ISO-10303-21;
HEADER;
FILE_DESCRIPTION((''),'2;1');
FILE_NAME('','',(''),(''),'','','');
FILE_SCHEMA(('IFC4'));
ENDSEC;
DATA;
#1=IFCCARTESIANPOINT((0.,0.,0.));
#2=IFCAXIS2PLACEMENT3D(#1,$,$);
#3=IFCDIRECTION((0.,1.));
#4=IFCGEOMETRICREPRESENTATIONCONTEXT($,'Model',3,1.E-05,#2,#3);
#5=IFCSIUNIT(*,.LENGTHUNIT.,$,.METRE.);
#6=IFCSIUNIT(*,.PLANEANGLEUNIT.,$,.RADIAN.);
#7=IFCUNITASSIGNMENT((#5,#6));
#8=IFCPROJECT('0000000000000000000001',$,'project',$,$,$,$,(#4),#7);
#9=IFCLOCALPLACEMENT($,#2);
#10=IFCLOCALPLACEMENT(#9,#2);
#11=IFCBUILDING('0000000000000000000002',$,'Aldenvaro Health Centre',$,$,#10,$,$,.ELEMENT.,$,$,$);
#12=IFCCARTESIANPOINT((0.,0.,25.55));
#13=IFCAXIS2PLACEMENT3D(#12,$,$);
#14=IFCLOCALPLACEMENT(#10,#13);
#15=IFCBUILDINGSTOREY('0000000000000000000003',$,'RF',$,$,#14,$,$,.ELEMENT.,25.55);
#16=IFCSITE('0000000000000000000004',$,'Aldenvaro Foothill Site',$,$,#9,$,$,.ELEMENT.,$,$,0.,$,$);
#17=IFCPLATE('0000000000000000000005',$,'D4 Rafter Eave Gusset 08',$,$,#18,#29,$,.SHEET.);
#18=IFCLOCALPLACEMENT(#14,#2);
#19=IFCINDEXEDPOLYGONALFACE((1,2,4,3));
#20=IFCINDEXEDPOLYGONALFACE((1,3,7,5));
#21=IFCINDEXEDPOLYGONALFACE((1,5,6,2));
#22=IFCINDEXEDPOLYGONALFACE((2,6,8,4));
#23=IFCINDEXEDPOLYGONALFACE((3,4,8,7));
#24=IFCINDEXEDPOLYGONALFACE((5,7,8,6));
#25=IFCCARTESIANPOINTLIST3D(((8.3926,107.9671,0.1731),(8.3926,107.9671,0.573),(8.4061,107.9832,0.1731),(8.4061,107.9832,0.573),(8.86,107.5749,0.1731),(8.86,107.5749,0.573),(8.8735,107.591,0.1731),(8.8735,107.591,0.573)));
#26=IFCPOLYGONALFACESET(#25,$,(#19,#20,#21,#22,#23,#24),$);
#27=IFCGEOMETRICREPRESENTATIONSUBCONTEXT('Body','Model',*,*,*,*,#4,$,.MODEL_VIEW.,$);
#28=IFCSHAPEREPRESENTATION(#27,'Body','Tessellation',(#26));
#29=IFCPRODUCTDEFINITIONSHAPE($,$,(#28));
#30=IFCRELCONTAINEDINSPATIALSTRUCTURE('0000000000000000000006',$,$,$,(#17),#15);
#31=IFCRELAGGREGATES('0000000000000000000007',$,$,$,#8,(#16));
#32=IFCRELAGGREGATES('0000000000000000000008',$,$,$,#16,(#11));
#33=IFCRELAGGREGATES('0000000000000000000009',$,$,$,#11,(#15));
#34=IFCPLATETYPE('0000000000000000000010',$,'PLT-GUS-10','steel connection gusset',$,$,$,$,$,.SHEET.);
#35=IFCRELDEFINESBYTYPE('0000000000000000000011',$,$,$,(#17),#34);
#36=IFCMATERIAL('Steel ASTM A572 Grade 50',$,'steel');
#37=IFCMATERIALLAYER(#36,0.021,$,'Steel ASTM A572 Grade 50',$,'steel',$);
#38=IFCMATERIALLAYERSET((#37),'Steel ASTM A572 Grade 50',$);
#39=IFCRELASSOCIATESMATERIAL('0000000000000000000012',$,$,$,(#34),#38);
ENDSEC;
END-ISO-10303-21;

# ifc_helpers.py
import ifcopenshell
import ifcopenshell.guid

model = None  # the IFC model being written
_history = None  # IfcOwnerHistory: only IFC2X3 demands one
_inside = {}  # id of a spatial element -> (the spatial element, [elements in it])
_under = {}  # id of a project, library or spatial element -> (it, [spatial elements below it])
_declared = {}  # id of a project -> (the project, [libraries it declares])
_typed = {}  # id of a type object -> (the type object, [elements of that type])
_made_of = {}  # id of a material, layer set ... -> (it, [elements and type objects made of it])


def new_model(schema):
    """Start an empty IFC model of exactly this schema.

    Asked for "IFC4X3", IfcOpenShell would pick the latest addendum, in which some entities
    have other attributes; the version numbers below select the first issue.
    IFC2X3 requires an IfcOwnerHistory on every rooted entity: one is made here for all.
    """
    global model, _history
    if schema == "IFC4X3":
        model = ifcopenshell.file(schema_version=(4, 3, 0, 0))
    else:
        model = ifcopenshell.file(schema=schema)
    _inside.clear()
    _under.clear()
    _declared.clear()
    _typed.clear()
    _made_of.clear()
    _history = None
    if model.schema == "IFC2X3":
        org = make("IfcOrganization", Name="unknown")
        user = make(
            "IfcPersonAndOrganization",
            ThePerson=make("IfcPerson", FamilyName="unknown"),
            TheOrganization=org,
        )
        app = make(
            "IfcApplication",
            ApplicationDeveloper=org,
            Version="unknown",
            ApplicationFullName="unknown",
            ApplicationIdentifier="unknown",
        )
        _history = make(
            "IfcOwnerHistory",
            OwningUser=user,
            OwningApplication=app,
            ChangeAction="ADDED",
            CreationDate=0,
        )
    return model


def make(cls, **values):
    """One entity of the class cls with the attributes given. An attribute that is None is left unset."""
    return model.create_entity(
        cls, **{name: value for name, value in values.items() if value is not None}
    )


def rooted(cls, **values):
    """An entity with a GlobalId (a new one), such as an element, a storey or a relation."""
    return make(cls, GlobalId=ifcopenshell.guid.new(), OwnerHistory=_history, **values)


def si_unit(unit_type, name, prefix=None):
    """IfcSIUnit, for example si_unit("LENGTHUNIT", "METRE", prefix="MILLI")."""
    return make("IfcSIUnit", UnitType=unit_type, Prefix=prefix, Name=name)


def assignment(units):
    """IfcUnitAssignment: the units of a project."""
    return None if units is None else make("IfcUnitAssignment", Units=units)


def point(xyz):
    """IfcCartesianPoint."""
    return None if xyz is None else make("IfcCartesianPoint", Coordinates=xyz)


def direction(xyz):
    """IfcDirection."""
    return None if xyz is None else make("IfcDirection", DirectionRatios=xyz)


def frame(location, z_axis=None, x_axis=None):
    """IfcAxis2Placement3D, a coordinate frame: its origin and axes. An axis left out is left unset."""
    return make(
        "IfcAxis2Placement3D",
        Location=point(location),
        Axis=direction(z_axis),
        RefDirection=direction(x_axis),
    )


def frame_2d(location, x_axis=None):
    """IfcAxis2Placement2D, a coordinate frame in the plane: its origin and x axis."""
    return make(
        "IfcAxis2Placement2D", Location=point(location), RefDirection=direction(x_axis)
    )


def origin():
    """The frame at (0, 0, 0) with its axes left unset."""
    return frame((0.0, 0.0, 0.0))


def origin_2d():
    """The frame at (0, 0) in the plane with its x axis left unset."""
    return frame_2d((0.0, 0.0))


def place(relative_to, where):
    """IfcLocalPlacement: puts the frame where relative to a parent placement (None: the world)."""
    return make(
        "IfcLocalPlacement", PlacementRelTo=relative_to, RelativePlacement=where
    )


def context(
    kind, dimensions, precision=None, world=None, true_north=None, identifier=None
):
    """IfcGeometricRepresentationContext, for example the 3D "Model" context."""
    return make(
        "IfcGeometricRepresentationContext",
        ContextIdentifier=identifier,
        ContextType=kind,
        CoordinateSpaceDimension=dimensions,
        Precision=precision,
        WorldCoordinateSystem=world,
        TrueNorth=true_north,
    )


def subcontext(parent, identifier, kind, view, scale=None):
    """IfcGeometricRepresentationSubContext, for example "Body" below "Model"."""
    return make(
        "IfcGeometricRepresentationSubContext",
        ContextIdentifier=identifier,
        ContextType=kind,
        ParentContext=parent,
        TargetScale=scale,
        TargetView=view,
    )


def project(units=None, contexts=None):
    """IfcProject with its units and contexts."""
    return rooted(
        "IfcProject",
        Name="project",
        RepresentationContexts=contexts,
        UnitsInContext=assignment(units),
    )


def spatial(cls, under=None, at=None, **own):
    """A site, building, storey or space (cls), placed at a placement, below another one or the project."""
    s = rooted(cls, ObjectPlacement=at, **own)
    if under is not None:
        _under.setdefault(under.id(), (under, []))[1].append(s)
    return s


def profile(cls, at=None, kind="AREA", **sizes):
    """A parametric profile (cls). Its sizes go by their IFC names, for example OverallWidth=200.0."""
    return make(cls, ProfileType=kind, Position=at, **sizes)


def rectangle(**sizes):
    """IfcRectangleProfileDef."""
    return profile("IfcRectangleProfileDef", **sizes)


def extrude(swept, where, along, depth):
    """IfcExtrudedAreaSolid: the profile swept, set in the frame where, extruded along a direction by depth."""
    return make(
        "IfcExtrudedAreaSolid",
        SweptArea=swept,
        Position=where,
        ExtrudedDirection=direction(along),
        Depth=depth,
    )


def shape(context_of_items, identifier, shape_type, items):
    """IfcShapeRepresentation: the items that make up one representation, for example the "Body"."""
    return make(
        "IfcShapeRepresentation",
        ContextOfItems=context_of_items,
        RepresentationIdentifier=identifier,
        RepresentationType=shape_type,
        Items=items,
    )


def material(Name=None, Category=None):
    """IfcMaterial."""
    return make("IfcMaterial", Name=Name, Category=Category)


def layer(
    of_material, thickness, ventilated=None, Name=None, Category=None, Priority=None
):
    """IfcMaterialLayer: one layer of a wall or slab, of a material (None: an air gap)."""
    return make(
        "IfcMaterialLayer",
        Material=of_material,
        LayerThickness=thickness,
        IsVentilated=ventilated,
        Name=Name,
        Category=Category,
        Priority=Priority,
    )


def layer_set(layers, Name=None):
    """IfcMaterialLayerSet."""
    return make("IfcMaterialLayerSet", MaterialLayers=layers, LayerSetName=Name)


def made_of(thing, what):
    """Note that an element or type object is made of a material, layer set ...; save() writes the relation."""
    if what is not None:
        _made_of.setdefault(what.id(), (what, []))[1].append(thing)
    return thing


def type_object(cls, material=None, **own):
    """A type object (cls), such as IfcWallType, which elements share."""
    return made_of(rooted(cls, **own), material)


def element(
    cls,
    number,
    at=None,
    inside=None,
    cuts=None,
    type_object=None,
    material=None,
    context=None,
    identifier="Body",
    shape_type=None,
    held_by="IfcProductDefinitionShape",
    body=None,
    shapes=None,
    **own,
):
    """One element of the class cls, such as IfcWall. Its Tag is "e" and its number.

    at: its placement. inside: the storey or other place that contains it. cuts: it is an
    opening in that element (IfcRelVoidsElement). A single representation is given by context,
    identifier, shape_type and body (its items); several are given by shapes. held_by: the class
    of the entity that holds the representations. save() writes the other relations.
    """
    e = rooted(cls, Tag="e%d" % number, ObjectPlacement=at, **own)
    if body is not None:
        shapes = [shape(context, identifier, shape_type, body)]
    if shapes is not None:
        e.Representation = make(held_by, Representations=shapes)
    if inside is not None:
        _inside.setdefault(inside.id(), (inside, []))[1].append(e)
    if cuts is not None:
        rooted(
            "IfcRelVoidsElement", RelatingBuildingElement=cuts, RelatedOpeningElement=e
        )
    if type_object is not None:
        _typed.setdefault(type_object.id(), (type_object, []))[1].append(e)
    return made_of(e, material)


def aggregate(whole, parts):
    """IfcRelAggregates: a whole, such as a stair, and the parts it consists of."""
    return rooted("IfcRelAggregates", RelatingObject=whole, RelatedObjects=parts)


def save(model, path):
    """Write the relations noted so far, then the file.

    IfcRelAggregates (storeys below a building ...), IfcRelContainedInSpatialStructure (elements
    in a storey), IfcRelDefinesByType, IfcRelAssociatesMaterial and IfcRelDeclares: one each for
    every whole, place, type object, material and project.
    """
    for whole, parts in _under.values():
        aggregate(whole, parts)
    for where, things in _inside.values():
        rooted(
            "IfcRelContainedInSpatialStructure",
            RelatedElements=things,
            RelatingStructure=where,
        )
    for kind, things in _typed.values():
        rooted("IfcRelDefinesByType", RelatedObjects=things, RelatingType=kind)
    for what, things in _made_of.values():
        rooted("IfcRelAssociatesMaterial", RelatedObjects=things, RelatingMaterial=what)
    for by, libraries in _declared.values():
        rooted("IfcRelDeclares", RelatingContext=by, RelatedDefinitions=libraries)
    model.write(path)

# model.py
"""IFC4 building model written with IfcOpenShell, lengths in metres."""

from ifc_helpers import new_model, si_unit, direction, frame, origin, origin_2d, place, context, subcontext, project, spatial, rectangle, extrude, material, layer, layer_set, type_object, element, save


model = new_model("IFC4")

# Units and contexts
model_context = context("Model", 3, precision=1e-05, world=origin(), true_north=direction((0.0, 1.0)))
body_context = subcontext(model_context, "Body", "Model", "MODEL_VIEW")
ifc_project = project(units=[si_unit("LENGTHUNIT", "METRE"), si_unit("PLANEANGLEUNIT", "RADIAN")], contexts=[model_context])

# Site, building, storey
site_placement = place(None, origin())
site = spatial("IfcSite", under=ifc_project, at=site_placement, Name="Aldenvaro Foothill Site", CompositionType="ELEMENT", RefElevation=0.0)
building_placement = place(site_placement, origin())
building = spatial("IfcBuilding", under=site, at=building_placement, Name="Aldenvaro Health Centre", CompositionType="ELEMENT")
storey_placement = place(building_placement, frame((0.0, 0.0, 25.55)))
storey = spatial("IfcBuildingStorey", under=building, at=storey_placement, Name="RF", CompositionType="ELEMENT", Elevation=25.55)

# Plate
ifc_material_1 = material(Name="Steel ASTM A572 Grade 50", Category="steel")
ifc_layer_1 = layer(ifc_material_1, 0.021, Name="Steel ASTM A572 Grade 50", Category="steel")
ifc_layer_set_1 = layer_set([ifc_layer_1], Name="Steel ASTM A572 Grade 50")
plate_type_1 = type_object("IfcPlateType", Name="PLT-GUS-10", Description="steel connection gusset", PredefinedType="SHEET", material=ifc_layer_set_1)
plate_1_placement = place(storey_placement, frame((8.6331, 107.7791, 0.1731), z_axis=(0.0, 0.0, 1.0), x_axis=(-0.76606, 0.64277, 0.0)))
element("IfcPlate", 1, at=plate_1_placement, inside=storey, type_object=plate_type_1, Name="D4 Rafter Eave Gusset 08", PredefinedType="SHEET", context=body_context, shape_type="SweptSolid", body=[
    extrude(rectangle(XDim=0.6101, YDim=0.021, at=origin_2d()), origin(), (0.0, 0.0, 1.0), 0.3999),
])

save(model, "model.ifc")
